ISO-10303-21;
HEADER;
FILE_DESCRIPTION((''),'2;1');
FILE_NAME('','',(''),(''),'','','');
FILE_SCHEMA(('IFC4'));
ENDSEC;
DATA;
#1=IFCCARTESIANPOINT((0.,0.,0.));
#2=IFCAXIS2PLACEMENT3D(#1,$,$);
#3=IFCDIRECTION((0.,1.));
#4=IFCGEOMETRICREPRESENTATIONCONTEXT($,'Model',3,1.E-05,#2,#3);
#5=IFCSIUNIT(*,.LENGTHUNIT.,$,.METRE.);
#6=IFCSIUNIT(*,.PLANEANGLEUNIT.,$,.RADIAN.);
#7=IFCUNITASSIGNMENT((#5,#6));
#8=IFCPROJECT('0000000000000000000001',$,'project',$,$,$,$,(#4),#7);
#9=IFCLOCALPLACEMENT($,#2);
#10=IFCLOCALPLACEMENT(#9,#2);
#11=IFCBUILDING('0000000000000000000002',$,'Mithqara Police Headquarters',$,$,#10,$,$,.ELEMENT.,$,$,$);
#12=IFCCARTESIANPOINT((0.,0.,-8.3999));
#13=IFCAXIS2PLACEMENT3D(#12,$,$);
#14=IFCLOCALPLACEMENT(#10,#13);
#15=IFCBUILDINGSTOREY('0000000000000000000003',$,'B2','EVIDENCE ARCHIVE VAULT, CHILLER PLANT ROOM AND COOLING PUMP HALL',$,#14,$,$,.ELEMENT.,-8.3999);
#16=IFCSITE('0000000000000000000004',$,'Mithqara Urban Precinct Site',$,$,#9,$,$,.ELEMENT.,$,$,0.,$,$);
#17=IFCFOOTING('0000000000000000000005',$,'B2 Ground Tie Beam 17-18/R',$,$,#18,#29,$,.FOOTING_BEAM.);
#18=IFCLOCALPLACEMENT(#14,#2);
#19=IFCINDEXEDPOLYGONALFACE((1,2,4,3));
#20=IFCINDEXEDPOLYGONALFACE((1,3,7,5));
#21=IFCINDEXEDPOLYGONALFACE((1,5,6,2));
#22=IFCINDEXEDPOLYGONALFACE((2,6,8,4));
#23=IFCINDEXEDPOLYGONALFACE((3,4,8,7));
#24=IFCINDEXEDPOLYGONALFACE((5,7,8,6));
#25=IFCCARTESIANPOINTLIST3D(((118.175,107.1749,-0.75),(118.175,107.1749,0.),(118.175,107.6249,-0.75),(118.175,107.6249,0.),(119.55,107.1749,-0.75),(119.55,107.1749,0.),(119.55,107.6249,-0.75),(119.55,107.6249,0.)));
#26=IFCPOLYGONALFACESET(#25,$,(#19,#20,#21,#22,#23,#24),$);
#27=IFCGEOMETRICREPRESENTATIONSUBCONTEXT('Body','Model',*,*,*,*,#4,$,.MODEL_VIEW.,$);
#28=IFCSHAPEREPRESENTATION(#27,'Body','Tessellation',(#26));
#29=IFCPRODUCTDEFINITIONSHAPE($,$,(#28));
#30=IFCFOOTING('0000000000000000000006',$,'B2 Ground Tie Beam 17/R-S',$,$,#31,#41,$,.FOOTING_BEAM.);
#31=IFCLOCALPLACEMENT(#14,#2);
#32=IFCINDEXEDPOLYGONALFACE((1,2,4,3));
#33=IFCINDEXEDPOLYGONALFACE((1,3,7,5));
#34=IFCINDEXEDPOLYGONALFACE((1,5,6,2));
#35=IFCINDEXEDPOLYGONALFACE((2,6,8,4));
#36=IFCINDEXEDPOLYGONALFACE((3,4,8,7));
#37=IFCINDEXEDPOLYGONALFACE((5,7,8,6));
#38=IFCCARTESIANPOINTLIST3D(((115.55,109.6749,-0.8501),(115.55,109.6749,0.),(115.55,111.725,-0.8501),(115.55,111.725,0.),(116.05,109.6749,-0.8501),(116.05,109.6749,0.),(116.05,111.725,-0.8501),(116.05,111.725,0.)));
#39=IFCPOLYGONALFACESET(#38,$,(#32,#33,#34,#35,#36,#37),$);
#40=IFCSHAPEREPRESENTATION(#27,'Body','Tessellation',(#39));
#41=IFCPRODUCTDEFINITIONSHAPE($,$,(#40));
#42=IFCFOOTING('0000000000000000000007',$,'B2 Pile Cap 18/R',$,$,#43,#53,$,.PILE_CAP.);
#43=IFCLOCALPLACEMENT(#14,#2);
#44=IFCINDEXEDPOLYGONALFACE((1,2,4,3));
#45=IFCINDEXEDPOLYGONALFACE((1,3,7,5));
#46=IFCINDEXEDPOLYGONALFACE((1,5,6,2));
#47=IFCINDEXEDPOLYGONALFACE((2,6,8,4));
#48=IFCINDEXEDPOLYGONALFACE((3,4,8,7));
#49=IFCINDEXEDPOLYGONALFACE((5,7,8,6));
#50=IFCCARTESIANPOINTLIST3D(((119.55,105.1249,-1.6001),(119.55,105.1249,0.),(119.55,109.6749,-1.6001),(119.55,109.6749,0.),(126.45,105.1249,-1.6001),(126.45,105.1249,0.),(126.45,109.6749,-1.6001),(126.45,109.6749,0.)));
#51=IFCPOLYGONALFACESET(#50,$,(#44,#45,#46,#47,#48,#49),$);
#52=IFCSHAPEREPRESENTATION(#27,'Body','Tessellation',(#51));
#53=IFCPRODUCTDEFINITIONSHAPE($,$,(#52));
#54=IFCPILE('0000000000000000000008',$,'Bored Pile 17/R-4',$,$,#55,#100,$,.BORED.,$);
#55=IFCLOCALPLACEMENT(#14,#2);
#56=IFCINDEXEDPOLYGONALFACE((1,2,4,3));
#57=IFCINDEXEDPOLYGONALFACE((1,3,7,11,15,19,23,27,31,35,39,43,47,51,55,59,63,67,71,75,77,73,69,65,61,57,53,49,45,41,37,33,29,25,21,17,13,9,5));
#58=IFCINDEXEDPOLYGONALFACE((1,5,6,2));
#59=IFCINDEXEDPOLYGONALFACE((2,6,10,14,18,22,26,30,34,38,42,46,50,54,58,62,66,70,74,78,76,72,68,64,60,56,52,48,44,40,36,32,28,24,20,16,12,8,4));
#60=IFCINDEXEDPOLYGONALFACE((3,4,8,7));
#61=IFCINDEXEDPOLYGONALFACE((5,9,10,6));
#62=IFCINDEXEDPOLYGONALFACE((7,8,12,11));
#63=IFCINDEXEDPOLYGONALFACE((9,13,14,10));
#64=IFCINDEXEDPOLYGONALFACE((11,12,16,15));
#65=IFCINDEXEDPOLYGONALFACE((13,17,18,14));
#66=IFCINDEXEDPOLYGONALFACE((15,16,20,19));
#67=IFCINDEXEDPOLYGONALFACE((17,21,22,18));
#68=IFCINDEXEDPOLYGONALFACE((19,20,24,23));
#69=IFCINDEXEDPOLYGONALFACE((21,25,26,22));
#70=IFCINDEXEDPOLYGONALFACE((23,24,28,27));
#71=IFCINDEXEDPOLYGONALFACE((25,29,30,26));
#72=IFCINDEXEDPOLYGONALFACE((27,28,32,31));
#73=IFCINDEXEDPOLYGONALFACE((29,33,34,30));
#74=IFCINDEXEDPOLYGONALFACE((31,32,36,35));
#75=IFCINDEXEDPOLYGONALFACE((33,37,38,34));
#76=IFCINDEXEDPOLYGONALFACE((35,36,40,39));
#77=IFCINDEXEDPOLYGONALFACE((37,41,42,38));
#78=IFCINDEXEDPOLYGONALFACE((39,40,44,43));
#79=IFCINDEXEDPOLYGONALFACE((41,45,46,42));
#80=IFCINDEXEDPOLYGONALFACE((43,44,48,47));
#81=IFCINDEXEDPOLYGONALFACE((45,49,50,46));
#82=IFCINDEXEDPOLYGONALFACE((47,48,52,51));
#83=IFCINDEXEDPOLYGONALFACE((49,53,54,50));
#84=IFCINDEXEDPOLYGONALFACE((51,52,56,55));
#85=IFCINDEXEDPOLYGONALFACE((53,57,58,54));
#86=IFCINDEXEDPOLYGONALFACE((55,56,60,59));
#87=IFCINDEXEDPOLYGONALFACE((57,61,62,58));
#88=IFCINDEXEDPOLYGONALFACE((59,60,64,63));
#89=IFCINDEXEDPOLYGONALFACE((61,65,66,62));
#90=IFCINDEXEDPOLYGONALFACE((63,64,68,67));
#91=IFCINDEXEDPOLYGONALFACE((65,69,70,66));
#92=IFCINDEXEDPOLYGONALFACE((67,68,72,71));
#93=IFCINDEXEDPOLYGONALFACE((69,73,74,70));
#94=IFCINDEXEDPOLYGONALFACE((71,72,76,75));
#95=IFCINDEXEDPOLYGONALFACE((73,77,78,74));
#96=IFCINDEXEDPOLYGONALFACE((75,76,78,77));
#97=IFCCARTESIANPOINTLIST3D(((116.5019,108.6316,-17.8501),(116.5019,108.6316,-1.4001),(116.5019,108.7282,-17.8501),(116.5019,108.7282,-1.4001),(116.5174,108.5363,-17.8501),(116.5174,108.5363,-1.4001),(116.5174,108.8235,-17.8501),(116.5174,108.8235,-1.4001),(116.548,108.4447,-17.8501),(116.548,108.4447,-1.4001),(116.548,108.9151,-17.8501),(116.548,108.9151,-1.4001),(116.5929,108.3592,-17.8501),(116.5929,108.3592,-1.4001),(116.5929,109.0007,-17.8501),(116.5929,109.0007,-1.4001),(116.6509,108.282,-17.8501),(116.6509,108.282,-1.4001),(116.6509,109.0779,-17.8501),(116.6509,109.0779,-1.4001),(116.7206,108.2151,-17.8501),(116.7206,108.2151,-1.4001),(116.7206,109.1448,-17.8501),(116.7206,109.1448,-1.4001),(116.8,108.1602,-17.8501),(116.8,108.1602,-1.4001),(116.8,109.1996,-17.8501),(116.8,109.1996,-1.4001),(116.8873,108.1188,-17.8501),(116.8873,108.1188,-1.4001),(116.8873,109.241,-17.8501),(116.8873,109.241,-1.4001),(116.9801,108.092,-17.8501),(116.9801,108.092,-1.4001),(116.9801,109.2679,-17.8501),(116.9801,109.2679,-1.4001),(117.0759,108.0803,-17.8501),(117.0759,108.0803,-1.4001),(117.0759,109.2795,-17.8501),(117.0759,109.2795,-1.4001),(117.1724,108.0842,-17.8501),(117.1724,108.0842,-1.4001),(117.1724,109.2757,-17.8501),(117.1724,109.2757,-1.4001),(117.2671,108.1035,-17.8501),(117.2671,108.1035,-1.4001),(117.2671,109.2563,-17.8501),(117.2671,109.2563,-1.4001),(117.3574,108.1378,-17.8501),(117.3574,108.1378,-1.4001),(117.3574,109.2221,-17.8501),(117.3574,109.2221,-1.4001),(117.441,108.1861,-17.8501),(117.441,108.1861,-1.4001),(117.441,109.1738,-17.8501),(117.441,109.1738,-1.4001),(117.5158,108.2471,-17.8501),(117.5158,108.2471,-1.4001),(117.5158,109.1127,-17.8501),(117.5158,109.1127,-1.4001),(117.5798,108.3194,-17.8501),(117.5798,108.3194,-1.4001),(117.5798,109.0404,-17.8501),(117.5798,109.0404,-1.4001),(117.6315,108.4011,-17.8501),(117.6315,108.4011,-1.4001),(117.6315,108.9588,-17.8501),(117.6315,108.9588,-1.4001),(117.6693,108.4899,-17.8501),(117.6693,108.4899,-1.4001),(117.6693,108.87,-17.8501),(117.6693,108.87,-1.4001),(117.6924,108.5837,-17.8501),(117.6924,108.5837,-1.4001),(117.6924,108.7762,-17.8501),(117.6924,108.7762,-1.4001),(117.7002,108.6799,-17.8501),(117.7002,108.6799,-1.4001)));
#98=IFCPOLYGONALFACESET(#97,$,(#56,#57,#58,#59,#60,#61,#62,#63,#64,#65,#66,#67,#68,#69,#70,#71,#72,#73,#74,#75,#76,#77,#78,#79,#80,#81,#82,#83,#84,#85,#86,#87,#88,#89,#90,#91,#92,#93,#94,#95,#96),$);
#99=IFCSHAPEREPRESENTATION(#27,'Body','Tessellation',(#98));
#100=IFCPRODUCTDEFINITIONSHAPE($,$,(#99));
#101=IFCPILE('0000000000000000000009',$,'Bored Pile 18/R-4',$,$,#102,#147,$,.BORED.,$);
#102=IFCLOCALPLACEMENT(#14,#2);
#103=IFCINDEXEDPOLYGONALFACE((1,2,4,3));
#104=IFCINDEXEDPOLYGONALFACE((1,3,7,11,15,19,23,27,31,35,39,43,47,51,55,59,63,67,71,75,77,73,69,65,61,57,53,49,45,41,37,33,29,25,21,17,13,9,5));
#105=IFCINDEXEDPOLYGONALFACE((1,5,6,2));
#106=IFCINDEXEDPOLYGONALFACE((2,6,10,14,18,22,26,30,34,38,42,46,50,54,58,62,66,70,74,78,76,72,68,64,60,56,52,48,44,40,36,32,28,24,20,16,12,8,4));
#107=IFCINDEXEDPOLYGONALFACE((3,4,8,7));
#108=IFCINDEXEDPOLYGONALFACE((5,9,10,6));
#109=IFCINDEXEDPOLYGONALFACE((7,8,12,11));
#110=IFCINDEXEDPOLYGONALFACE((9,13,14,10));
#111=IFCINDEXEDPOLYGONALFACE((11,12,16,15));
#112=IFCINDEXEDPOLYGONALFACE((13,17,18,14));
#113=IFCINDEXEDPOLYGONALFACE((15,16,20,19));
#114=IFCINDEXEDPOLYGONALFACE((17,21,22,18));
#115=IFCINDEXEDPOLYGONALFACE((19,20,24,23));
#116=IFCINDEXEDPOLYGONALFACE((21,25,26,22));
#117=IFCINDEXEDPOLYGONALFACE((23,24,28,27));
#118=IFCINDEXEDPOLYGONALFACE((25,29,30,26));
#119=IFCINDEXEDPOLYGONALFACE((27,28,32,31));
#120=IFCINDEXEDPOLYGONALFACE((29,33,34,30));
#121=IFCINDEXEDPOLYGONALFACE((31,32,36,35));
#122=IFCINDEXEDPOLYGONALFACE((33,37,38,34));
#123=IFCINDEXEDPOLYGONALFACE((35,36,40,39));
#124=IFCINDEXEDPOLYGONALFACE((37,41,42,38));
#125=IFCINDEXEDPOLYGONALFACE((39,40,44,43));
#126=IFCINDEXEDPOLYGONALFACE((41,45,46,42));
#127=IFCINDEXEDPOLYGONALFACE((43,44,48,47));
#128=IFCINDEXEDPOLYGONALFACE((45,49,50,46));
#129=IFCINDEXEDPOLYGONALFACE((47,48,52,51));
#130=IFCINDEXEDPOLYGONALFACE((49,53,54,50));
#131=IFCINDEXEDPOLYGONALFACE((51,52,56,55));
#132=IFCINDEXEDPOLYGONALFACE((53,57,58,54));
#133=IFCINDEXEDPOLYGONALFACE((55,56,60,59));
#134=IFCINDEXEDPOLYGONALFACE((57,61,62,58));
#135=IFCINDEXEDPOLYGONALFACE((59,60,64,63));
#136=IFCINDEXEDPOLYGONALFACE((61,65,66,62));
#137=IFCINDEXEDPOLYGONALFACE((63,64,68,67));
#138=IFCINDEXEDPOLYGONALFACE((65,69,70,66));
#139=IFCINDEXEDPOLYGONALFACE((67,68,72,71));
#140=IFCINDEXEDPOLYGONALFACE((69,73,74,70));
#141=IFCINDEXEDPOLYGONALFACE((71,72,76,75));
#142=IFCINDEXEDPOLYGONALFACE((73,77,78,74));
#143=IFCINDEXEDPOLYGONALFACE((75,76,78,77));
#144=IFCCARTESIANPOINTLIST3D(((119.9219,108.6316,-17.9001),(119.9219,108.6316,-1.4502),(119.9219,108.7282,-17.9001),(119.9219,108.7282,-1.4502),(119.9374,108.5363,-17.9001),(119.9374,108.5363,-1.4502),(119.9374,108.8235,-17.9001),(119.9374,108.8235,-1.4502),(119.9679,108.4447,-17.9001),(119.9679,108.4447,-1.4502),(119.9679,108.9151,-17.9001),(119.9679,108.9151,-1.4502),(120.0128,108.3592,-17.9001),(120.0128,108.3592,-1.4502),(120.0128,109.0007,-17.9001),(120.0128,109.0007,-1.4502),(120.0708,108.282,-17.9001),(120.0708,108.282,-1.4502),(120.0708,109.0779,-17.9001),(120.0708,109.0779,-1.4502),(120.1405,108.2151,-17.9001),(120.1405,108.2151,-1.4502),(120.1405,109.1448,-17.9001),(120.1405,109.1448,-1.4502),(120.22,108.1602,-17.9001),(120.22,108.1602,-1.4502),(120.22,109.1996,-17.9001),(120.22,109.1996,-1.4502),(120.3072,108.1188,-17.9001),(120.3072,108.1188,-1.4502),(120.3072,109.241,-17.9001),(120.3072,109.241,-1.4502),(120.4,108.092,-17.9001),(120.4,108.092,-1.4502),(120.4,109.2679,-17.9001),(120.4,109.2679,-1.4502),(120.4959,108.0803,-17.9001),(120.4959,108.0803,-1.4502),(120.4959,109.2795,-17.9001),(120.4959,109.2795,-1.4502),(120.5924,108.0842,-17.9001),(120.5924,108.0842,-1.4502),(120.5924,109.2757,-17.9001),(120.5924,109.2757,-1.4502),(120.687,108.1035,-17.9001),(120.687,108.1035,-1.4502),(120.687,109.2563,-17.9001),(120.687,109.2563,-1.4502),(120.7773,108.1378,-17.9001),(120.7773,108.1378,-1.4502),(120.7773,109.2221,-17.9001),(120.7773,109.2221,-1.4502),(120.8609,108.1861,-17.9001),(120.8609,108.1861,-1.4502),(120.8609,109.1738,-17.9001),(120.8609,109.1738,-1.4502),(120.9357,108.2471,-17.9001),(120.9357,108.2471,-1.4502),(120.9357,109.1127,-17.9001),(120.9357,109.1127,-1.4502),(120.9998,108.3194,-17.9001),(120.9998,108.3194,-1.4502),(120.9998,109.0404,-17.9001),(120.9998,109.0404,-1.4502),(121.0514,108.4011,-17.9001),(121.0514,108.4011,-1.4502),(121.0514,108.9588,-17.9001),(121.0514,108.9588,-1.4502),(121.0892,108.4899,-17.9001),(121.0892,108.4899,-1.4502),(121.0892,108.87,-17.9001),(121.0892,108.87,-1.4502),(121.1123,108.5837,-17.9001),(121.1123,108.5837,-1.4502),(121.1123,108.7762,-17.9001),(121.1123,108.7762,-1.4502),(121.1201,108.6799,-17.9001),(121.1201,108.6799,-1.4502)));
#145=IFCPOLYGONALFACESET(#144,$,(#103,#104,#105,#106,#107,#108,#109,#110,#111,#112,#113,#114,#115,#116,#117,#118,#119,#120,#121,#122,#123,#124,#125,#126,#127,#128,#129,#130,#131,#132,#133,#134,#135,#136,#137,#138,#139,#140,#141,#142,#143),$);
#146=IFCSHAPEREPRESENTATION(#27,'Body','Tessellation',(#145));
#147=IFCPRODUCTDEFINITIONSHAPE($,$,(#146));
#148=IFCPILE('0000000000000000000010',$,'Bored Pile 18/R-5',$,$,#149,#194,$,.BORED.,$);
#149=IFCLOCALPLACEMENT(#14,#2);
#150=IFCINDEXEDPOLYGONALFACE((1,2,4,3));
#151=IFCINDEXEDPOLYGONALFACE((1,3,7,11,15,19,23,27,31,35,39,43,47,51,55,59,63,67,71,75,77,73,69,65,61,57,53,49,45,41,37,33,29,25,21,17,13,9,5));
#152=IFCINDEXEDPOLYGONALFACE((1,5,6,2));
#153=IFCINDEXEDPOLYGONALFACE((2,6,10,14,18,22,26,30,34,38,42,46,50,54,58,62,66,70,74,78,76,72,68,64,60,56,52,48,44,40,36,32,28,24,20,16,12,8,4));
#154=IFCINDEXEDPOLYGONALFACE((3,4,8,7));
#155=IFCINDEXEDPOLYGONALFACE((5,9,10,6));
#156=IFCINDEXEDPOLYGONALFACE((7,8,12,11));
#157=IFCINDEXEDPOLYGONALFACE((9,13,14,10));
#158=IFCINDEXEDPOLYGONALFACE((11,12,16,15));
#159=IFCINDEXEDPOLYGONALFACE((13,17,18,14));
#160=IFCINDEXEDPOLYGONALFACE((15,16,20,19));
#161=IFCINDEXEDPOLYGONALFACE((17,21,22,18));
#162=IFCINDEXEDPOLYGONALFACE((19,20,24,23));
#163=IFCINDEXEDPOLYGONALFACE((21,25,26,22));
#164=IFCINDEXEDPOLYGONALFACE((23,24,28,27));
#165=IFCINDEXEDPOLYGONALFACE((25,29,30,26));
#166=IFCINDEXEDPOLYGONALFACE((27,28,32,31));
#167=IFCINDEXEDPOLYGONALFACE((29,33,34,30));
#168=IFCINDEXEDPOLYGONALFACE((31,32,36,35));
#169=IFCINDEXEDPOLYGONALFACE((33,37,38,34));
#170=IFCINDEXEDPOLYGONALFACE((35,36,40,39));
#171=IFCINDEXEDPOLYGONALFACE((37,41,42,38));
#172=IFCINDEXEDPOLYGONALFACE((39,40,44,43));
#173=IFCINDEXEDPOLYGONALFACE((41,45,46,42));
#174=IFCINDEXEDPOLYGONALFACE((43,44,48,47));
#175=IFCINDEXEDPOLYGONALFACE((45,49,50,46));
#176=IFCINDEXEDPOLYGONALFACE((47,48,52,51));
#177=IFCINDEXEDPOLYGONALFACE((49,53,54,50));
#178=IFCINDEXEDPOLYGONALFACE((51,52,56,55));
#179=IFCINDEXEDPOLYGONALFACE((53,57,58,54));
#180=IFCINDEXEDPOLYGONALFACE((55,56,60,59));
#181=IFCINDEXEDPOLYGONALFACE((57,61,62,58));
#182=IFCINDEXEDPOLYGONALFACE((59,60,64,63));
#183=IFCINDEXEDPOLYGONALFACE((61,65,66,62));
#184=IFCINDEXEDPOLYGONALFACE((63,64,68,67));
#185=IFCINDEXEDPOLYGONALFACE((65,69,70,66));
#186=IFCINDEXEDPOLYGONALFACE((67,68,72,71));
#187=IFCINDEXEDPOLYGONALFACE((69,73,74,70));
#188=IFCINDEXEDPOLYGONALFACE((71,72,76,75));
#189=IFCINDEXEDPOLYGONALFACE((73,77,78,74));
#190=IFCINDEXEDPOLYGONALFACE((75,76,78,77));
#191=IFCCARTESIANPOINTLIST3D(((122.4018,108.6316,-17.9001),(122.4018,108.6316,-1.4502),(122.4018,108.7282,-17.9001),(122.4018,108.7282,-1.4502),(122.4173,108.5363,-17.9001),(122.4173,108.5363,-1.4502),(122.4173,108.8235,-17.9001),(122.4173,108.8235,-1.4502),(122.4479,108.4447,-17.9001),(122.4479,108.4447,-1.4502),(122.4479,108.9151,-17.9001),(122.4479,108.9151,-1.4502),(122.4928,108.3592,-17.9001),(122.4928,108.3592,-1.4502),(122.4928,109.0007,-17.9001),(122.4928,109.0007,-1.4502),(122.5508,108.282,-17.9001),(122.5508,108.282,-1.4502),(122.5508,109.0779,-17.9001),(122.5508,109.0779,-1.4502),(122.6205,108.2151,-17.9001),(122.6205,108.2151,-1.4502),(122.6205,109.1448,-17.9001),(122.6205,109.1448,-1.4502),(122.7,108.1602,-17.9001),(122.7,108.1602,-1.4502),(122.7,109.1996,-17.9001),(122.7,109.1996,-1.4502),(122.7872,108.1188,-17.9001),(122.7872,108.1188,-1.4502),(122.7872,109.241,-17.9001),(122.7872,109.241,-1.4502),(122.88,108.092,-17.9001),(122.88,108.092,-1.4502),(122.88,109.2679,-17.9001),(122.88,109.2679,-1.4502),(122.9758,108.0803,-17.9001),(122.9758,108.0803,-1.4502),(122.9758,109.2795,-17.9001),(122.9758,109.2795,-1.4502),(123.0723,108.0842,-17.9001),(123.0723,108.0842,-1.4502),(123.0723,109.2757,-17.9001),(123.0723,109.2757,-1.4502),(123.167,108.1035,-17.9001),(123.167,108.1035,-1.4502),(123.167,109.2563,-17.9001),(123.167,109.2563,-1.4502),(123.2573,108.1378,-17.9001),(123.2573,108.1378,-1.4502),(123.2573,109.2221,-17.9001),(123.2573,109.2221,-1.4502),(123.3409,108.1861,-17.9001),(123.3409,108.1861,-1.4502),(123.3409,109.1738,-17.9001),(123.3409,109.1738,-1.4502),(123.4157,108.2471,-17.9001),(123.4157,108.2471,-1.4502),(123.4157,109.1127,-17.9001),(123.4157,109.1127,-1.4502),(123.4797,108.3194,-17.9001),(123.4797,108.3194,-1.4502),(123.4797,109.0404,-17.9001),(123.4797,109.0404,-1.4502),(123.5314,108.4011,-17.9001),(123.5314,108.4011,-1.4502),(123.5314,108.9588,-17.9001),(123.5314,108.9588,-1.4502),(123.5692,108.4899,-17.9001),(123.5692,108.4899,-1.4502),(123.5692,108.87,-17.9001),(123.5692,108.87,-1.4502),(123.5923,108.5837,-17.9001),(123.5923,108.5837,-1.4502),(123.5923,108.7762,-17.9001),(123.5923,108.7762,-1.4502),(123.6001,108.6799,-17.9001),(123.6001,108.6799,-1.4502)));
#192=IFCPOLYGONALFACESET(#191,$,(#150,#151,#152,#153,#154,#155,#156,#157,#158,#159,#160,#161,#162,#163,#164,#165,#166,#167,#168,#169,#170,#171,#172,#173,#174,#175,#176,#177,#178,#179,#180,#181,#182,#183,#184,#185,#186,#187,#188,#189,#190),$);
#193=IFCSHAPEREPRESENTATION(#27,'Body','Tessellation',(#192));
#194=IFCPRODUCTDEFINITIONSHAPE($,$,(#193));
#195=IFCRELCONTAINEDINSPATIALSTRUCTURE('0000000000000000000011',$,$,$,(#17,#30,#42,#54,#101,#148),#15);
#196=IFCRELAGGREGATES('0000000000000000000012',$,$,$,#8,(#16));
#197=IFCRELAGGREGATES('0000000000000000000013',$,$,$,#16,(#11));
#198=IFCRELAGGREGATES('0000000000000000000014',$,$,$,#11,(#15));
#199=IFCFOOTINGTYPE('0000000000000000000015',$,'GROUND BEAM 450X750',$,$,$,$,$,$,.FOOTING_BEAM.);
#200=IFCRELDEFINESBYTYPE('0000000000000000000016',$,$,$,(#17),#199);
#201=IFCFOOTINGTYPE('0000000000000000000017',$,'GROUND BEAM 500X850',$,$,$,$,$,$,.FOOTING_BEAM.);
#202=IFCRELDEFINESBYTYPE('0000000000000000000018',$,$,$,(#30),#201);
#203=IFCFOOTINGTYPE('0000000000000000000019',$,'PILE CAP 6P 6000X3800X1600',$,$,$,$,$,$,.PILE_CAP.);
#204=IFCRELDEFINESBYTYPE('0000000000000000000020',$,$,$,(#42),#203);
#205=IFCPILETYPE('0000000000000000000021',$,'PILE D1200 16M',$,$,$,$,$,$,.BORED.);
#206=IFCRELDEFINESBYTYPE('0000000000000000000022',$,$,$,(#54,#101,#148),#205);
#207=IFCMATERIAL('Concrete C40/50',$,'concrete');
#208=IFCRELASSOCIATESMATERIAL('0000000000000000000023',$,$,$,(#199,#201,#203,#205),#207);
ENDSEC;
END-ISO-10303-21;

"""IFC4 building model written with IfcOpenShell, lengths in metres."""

from ifc_helpers import new_model, si_unit, direction, frame, origin, origin_2d, place, context, subcontext, project, spatial, rectangle, circle, extrude, material, material_profile, profile_set, type_object, element, save


model = new_model("IFC4")

# Units and contexts
model_context = context("Model", 3, precision=1e-05, world=origin(), true_north=direction((0.0, 1.0)))
body_context = subcontext(model_context, "Body", "Model", "MODEL_VIEW")
ifc_project = project(units=[si_unit("LENGTHUNIT", "METRE"), si_unit("PLANEANGLEUNIT", "RADIAN")], contexts=[model_context])

# Site, building, storey
site_placement = place(None, origin())
site = spatial("IfcSite", under=ifc_project, at=site_placement, Name="Mithqara Urban Precinct Site", CompositionType="ELEMENT", RefElevation=0.0)
building_placement = place(site_placement, origin())
building = spatial("IfcBuilding", under=site, at=building_placement, Name="Mithqara Police Headquarters", CompositionType="ELEMENT")
storey_placement = place(building_placement, frame((0.0, 0.0, -8.3999)))
storey = spatial("IfcBuildingStorey", under=building, at=storey_placement, Name="B2", Description="EVIDENCE ARCHIVE VAULT, CHILLER PLANT ROOM AND COOLING PUMP HALL", CompositionType="ELEMENT", Elevation=-8.3999)

# Footings
ifc_material_1 = material(Name="Concrete C40/50", Category="concrete")
footing_type_1 = type_object("IfcFootingType", Name="GROUND BEAM 450X750", PredefinedType="FOOTING_BEAM", material=ifc_material_1)
footing_1_placement = place(storey_placement, frame((118.8625, 107.3999, -0.75), z_axis=(0.0, 0.0, 1.0), x_axis=(1.0, 0.0, 0.0)))
element("IfcFooting", 1, at=footing_1_placement, inside=storey, type_object=footing_type_1, Name="B2 Ground Tie Beam 17-18/R", PredefinedType="FOOTING_BEAM", context=body_context, shape_type="SweptSolid", body=[
    extrude(rectangle(XDim=1.375, YDim=0.45, at=origin_2d()), origin(), (0.0, 0.0, 1.0), 0.75),
])
footing_type_2 = type_object("IfcFootingType", Name="GROUND BEAM 500X850", PredefinedType="FOOTING_BEAM", material=ifc_material_1)
footing_2_placement = place(storey_placement, frame((115.8, 110.7, -0.8501), z_axis=(0.0, 0.0, 1.0), x_axis=(1.0, 0.0, 0.0)))
element("IfcFooting", 2, at=footing_2_placement, inside=storey, type_object=footing_type_2, Name="B2 Ground Tie Beam 17/R-S", PredefinedType="FOOTING_BEAM", context=body_context, shape_type="SweptSolid", body=[
    extrude(rectangle(XDim=0.5, YDim=2.05, at=origin_2d()), origin(), (0.0, 0.0, 1.0), 0.8501),
])
footing_type_3 = type_object("IfcFootingType", Name="PILE CAP 6P 6000X3800X1600", PredefinedType="PILE_CAP", material=ifc_material_1)
footing_3_placement = place(storey_placement, frame((123.0, 107.3999, -1.6001), z_axis=(0.0, 0.0, 1.0), x_axis=(1.0, 0.0, 0.0)))
element("IfcFooting", 3, at=footing_3_placement, inside=storey, type_object=footing_type_3, Name="B2 Pile Cap 18/R", PredefinedType="PILE_CAP", context=body_context, shape_type="SweptSolid", body=[
    extrude(rectangle(XDim=6.8999, YDim=4.55, at=origin_2d()), origin(), (0.0, 0.0, 1.0), 1.6001),
])

# Piles
ifc_material_profile_1 = material_profile(ifc_material_1, circle(Radius=0.6001, at=origin_2d()), Name="PILE D1200")
ifc_profile_set_1 = profile_set([ifc_material_profile_1], Name="Concrete C40/50")
pile_type = type_object("IfcPileType", Name="PILE D1200 16M", PredefinedType="BORED", material=ifc_profile_set_1)
for number, where, z_axis, x_axis, name in (
    (4, (117.1001, 108.6799, -1.4001), (0.0, 0.0, -1.0), (1.0, 0.0, 0.0), "Bored Pile 17/R-4"),
    (5, (120.52, 108.6799, -1.4502), (0.0, 0.0, -1.0), (1.0, 0.0, 0.0), "Bored Pile 18/R-4"),
    (6, (123.0, 108.6799, -1.4502), (0.0, 0.0, -1.0), (1.0, 0.0, 0.0), "Bored Pile 18/R-5"),
):
    element("IfcPile", number, at=place(storey_placement, frame(where, z_axis=z_axis, x_axis=x_axis)), inside=storey, type_object=pile_type, Name=name, PredefinedType="BORED", context=body_context, shape_type="SweptSolid", body=[
        extrude(circle(Radius=0.6001, at=origin_2d()), origin(), (0.0, 0.0, 1.0), 16.45),
    ])

save(model, "model.ifc")
